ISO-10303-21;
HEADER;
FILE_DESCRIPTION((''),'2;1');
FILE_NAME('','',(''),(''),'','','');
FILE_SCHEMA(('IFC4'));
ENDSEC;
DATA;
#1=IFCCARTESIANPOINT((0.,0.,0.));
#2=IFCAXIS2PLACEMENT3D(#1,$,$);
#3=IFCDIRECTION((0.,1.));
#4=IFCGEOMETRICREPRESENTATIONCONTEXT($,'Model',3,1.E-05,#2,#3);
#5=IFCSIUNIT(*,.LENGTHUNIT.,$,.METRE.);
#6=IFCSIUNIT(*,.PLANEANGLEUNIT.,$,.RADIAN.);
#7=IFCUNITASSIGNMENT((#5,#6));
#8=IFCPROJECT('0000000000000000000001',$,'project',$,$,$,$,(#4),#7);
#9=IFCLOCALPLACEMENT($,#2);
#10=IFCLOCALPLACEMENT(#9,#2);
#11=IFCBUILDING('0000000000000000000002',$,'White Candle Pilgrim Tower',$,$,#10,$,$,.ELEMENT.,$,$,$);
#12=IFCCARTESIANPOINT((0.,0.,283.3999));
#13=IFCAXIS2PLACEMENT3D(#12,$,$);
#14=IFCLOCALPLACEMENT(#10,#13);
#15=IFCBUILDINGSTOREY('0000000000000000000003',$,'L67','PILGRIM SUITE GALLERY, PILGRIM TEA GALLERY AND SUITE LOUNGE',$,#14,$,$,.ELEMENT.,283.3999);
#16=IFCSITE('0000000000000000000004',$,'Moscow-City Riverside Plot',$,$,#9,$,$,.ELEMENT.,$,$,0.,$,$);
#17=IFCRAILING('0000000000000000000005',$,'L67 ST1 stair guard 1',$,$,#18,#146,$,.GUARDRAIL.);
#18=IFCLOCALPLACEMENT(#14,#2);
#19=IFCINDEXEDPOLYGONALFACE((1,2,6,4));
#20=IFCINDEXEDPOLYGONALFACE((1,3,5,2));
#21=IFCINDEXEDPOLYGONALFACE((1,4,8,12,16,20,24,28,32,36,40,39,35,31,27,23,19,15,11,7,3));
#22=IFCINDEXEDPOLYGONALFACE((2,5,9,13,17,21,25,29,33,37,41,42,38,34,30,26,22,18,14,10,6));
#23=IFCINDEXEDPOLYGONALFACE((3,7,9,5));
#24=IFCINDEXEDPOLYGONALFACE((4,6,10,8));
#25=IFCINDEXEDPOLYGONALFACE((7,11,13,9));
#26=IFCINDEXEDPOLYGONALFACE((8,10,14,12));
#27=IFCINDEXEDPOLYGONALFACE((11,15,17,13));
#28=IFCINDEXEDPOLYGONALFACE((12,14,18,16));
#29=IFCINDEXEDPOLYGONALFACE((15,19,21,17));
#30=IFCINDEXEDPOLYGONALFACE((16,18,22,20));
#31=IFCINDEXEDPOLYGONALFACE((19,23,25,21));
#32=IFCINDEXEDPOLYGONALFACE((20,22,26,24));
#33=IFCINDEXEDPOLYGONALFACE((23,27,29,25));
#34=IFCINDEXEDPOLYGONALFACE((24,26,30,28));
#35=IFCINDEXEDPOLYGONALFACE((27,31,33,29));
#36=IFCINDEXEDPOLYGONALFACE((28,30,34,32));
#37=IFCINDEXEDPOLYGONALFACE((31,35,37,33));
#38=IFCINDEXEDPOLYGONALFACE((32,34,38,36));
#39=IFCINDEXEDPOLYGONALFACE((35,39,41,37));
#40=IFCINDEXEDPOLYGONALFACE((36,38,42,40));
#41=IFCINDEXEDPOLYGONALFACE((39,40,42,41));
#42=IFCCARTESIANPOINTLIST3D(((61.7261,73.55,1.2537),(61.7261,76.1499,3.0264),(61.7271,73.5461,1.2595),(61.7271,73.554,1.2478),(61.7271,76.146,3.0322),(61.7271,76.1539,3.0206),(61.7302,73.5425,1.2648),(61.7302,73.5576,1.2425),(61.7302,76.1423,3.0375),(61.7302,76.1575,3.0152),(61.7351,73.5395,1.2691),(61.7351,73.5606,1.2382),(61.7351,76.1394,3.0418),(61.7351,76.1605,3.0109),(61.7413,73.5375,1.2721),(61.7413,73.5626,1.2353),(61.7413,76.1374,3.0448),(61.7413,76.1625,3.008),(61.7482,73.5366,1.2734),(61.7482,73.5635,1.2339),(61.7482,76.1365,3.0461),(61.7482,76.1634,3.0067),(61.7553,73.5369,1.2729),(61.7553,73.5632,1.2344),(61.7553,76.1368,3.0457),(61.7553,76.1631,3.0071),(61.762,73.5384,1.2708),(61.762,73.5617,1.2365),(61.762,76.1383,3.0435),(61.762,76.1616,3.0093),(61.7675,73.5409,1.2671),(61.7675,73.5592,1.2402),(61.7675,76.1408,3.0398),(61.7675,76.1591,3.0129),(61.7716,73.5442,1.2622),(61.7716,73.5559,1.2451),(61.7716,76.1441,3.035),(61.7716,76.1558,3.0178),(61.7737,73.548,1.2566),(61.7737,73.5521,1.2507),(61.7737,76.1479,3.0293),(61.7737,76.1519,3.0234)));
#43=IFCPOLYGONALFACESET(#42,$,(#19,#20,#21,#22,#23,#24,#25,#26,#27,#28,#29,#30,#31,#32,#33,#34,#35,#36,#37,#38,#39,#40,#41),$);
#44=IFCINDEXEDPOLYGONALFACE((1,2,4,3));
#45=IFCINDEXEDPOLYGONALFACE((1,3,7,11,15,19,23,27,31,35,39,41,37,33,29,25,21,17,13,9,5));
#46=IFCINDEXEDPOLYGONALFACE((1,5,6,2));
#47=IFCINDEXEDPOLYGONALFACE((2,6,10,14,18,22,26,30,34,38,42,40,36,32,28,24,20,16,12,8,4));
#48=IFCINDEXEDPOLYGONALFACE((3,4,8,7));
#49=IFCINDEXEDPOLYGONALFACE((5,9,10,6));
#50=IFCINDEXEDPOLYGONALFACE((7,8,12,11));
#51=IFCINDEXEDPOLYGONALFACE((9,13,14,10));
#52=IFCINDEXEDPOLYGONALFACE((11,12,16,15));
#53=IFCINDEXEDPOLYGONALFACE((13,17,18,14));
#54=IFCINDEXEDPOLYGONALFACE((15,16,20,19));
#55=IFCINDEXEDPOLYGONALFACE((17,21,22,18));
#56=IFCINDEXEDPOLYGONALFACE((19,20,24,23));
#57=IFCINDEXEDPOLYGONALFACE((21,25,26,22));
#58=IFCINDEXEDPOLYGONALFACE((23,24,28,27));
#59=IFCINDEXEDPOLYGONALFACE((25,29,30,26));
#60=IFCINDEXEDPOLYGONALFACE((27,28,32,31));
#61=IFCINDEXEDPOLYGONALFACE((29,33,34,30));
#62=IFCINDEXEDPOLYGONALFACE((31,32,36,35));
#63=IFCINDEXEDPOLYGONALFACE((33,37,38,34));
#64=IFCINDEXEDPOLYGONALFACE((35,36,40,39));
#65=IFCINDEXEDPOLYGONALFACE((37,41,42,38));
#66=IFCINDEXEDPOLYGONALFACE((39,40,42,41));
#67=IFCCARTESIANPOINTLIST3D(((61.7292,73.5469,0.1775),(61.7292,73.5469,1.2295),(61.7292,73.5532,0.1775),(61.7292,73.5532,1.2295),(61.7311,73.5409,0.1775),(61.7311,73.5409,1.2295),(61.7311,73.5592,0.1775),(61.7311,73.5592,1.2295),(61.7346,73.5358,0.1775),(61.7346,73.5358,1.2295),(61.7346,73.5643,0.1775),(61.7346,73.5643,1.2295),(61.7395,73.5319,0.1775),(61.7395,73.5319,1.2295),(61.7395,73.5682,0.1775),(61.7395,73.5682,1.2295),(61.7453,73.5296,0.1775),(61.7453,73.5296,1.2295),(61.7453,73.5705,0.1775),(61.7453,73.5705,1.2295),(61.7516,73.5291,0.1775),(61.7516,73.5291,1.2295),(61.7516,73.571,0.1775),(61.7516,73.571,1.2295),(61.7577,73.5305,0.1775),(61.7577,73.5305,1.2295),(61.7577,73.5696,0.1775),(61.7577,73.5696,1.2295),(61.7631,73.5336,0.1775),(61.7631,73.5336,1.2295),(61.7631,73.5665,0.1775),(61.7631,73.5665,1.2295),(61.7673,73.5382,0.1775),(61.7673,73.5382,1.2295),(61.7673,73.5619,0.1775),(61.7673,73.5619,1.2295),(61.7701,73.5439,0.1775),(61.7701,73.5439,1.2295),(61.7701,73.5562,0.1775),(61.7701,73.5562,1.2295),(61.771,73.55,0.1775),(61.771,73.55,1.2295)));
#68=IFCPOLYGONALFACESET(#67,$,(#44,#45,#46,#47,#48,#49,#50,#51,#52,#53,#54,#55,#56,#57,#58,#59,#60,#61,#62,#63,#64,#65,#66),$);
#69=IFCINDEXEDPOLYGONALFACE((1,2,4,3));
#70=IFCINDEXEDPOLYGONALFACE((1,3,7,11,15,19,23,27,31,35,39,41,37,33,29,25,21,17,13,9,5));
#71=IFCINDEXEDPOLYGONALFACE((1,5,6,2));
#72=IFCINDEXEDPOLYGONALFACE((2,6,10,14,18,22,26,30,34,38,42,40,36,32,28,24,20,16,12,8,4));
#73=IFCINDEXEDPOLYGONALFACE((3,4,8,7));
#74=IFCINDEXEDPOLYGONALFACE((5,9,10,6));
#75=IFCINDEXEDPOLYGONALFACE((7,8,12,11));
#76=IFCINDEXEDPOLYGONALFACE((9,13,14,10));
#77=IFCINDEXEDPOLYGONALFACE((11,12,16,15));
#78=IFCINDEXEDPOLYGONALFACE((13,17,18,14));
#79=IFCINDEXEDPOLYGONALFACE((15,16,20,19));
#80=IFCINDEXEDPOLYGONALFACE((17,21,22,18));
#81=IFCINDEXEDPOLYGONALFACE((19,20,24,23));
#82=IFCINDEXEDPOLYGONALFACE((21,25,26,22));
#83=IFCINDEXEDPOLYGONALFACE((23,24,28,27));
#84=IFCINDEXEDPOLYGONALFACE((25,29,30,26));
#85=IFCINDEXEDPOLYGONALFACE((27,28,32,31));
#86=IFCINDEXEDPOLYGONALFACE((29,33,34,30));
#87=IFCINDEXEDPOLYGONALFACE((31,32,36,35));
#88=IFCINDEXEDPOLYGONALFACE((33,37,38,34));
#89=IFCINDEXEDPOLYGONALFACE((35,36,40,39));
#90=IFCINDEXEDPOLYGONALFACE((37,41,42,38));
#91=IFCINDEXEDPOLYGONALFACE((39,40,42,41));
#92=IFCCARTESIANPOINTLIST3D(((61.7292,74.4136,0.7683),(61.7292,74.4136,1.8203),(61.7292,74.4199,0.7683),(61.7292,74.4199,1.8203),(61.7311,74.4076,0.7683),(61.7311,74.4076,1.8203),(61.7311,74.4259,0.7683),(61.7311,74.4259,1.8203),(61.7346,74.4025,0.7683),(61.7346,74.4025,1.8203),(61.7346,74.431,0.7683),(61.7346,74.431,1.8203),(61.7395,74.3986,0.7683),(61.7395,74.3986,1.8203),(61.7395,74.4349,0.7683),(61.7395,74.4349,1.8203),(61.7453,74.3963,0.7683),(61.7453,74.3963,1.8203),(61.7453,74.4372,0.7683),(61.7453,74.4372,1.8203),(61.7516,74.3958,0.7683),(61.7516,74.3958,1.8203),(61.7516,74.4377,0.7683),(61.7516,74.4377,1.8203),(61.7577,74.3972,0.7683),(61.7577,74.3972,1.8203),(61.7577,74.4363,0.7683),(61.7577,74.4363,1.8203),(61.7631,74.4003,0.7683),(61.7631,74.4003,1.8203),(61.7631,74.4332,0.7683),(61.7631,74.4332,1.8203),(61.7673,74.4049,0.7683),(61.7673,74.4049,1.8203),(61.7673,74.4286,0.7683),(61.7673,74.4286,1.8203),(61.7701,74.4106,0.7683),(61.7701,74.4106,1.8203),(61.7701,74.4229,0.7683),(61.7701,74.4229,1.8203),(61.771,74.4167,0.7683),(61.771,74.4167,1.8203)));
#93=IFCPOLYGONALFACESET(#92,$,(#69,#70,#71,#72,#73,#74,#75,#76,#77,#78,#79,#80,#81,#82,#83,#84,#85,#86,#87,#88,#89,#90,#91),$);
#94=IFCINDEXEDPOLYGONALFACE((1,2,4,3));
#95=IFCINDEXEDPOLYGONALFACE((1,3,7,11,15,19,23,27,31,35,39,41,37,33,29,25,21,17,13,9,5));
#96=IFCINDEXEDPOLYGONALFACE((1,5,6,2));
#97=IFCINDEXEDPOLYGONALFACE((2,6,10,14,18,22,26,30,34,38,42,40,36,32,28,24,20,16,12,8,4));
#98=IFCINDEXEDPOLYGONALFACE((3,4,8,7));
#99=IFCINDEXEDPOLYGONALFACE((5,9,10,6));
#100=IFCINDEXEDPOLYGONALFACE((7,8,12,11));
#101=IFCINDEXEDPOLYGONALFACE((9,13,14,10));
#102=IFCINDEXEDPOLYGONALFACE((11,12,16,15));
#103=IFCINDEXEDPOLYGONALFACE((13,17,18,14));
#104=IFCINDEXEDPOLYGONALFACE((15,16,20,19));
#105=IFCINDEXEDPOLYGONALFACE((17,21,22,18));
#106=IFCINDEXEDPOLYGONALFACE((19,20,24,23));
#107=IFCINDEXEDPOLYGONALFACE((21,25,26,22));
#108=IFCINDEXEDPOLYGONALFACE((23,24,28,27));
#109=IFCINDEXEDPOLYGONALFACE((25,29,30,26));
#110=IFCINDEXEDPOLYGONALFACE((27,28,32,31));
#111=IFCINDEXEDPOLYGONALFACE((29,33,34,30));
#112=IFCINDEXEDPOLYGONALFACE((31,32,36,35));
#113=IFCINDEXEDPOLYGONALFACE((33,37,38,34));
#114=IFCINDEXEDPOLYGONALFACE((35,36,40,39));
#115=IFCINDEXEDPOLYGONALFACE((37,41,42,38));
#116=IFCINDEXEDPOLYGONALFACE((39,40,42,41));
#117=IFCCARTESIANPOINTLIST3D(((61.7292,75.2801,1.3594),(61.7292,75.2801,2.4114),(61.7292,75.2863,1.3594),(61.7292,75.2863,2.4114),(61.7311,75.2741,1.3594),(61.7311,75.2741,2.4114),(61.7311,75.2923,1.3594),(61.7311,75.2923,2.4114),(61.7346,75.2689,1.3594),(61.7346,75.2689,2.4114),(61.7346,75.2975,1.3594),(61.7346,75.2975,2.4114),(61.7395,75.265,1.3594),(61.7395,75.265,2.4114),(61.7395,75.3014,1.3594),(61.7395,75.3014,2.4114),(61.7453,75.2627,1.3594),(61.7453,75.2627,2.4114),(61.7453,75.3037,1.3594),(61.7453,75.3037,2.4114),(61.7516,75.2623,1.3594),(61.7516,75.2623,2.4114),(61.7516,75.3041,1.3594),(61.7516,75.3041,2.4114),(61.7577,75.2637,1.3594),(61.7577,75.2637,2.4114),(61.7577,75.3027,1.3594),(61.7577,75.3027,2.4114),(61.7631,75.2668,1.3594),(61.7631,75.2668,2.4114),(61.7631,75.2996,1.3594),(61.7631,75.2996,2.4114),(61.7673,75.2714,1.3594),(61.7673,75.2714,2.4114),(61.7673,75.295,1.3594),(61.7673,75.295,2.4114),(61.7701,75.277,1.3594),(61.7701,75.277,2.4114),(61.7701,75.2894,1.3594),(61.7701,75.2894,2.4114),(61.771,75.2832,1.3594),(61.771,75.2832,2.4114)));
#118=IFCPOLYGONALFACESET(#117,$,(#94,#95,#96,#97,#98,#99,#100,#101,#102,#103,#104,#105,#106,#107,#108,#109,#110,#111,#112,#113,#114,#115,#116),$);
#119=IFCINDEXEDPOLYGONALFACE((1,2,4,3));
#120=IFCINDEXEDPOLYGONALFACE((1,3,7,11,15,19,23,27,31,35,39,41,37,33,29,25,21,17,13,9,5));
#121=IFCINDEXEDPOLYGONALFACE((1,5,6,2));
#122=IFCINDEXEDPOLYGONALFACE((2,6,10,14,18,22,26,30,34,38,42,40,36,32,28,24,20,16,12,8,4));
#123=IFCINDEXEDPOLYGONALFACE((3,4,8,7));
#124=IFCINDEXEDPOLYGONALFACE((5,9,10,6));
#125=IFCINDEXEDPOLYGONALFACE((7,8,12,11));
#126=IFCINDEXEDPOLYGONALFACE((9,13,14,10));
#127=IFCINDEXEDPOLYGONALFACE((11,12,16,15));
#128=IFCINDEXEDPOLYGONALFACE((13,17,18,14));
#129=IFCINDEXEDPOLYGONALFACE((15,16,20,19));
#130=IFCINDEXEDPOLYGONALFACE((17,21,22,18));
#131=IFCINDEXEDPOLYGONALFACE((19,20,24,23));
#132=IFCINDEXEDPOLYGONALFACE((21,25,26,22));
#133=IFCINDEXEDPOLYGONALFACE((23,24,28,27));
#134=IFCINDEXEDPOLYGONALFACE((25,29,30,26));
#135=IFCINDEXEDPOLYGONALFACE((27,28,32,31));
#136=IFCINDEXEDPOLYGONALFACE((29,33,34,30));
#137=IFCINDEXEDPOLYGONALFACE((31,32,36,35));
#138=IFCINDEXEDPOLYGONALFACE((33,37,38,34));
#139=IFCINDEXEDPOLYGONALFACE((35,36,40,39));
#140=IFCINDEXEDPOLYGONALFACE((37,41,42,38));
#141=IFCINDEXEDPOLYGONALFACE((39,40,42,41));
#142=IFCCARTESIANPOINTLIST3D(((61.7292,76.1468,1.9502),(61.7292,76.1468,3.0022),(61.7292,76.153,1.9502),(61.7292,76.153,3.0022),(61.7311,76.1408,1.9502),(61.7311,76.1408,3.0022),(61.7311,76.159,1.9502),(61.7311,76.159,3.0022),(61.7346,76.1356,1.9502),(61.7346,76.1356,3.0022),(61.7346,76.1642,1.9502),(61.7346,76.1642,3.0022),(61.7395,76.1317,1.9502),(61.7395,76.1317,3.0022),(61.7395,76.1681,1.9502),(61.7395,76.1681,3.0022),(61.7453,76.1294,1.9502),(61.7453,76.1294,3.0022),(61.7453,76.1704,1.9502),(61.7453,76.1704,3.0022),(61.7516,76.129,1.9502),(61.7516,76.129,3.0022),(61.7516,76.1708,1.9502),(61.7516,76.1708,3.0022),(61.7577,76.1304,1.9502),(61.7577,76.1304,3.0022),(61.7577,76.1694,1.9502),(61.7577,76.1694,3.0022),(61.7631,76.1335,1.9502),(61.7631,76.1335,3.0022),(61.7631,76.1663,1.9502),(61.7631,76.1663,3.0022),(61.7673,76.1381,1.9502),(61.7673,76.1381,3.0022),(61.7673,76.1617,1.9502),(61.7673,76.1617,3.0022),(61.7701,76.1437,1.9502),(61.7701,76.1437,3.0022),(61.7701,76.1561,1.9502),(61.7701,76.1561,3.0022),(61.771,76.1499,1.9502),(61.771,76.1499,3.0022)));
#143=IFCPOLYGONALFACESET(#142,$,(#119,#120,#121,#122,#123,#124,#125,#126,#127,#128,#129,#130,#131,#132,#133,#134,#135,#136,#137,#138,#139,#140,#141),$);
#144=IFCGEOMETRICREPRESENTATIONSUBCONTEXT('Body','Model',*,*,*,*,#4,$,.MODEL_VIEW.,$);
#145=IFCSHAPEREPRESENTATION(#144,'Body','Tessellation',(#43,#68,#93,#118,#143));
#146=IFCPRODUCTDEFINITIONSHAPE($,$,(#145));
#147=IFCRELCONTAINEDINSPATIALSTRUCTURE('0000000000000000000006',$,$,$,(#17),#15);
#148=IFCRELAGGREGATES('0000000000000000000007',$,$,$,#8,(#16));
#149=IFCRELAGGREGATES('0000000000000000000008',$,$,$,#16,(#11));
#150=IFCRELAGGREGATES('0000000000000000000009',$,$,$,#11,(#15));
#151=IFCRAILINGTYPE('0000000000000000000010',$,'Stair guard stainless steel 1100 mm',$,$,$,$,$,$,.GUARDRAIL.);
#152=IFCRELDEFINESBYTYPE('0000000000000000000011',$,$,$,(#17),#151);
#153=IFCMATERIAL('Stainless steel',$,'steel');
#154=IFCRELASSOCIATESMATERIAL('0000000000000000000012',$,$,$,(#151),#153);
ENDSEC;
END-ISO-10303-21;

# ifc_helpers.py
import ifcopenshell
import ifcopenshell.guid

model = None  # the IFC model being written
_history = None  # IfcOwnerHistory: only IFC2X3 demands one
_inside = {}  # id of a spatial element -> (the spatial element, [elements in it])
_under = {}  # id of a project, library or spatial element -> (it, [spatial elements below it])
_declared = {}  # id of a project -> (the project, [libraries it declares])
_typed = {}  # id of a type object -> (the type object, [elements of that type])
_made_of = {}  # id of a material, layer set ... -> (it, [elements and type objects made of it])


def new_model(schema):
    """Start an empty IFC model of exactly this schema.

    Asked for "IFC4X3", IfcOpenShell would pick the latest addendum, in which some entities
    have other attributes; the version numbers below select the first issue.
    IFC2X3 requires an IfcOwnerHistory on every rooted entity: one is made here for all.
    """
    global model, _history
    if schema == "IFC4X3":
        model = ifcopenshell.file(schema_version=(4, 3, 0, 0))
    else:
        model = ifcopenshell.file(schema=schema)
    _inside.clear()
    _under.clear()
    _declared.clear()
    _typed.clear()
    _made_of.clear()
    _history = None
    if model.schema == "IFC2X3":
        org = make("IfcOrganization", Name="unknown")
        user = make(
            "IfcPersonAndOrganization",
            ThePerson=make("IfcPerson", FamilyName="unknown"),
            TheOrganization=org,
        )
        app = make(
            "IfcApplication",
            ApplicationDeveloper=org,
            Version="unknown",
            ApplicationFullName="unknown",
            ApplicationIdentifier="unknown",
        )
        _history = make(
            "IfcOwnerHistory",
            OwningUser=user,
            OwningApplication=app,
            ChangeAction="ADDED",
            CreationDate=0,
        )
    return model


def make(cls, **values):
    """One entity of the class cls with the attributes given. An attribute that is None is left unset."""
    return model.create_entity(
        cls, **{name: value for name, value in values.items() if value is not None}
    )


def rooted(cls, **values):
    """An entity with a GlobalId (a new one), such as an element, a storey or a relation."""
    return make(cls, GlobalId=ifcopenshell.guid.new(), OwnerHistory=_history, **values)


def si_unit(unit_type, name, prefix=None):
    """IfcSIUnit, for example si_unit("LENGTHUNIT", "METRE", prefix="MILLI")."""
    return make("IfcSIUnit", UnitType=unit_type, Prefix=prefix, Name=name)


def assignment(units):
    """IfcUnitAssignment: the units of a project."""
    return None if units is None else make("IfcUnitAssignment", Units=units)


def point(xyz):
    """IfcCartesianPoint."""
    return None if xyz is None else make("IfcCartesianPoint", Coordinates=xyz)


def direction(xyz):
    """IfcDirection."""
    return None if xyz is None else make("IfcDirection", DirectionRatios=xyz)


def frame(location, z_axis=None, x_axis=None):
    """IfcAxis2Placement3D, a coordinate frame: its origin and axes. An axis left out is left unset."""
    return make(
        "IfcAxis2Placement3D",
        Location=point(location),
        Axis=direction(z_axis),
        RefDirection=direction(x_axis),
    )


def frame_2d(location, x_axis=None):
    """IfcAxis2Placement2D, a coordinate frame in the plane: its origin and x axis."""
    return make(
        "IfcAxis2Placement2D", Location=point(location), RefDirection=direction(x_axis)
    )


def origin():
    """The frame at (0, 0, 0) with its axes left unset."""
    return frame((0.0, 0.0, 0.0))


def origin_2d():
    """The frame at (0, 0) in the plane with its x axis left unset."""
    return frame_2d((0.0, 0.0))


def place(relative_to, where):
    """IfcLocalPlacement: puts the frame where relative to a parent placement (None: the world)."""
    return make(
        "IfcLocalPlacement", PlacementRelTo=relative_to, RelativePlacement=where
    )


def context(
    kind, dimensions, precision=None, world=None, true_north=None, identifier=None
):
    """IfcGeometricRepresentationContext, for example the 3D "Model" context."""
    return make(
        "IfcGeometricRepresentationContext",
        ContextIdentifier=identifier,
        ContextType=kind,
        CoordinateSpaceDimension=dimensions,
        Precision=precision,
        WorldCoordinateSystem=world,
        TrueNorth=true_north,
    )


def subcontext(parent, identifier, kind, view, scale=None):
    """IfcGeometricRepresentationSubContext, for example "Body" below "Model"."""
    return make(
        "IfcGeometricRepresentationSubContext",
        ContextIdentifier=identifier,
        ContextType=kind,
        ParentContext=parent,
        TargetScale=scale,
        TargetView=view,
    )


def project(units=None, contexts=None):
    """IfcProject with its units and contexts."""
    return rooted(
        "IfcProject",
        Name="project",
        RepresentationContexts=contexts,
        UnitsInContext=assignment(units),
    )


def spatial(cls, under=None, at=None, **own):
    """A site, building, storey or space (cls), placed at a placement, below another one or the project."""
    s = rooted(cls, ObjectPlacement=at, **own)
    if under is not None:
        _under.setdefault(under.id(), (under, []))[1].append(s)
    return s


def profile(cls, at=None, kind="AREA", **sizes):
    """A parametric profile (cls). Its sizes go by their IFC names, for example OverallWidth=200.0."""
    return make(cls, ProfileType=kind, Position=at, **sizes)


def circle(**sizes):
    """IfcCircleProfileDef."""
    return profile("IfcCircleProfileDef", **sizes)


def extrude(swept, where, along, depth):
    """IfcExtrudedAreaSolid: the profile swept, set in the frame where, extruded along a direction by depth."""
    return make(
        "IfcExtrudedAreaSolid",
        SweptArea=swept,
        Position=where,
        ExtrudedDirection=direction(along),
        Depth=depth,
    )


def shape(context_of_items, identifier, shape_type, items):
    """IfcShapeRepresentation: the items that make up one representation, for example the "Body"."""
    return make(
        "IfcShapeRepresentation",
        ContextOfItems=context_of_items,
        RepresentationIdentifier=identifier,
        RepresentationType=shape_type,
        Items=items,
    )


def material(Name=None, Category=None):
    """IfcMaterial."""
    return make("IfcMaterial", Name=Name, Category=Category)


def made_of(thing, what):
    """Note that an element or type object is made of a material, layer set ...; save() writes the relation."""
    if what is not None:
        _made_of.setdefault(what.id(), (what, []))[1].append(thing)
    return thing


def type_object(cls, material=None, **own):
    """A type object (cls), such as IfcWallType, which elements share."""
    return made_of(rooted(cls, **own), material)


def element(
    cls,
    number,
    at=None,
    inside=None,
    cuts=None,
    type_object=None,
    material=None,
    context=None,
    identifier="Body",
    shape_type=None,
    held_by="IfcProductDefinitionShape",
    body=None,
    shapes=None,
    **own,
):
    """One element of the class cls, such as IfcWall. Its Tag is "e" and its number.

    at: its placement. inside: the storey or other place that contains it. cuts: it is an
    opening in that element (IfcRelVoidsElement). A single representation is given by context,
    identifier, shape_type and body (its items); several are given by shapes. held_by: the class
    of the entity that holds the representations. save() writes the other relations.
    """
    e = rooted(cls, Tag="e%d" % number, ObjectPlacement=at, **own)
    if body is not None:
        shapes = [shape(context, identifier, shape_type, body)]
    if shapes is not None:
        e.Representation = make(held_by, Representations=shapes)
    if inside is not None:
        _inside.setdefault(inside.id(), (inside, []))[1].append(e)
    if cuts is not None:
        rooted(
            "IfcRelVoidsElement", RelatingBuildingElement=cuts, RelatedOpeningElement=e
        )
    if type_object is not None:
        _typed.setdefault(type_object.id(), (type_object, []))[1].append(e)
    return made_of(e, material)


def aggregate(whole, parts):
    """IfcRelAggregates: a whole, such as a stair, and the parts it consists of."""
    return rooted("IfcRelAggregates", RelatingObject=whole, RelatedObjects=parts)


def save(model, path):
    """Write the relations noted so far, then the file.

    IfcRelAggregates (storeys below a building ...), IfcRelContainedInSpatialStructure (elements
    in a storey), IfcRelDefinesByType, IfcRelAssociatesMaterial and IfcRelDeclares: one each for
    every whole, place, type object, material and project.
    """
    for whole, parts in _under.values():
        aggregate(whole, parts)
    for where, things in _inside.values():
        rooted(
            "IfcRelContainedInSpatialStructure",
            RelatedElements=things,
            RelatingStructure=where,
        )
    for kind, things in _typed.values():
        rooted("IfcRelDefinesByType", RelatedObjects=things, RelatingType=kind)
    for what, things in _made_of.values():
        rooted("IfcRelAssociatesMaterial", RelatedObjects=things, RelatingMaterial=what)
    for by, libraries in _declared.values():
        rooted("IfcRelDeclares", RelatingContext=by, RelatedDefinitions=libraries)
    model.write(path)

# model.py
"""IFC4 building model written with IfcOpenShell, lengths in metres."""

from ifc_helpers import new_model, si_unit, direction, frame, origin, origin_2d, place, context, subcontext, project, spatial, circle, extrude, material, type_object, element, save


model = new_model("IFC4")

# Units and contexts
model_context = context("Model", 3, precision=1e-05, world=origin(), true_north=direction((0.0, 1.0)))
body_context = subcontext(model_context, "Body", "Model", "MODEL_VIEW")
ifc_project = project(units=[si_unit("LENGTHUNIT", "METRE"), si_unit("PLANEANGLEUNIT", "RADIAN")], contexts=[model_context])

# Site, building, storey
site_placement = place(None, origin())
site = spatial("IfcSite", under=ifc_project, at=site_placement, Name="Moscow-City Riverside Plot", CompositionType="ELEMENT", RefElevation=0.0)
building_placement = place(site_placement, origin())
building = spatial("IfcBuilding", under=site, at=building_placement, Name="White Candle Pilgrim Tower", CompositionType="ELEMENT")
storey_placement = place(building_placement, frame((0.0, 0.0, 283.3999)))
storey = spatial("IfcBuildingStorey", under=building, at=storey_placement, Name="L67", Description="PILGRIM SUITE GALLERY, PILGRIM TEA GALLERY AND SUITE LOUNGE", CompositionType="ELEMENT", Elevation=283.3999)

# Railing
ifc_material_1 = material(Name="Stainless steel", Category="steel")
railing_type_1 = type_object("IfcRailingType", Name="Stair guard stainless steel 1100 mm", PredefinedType="GUARDRAIL", material=ifc_material_1)
railing_1_placement = place(storey_placement, frame((61.75, 73.55, 0.1775)))
element("IfcRailing", 1, at=railing_1_placement, inside=storey, type_object=railing_type_1, Name="L67 ST1 stair guard 1", PredefinedType="GUARDRAIL", context=body_context, shape_type="SweptSolid", body=[
    extrude(circle(Radius=0.0239, at=origin_2d()), frame((0.0, 0.0, 1.0762), z_axis=(0.0, 0.826216, 0.563354), x_axis=(-1.0, 0.0, 0.0)), (0.0, 0.0, 1.0), 3.1467),
    extrude(circle(Radius=0.021, at=origin_2d()), origin(), (0.0, 0.0, 1.0), 1.052),
    extrude(circle(Radius=0.021, at=origin_2d()), frame((0.0, 0.8667, 0.5908)), (0.0, 0.0, 1.0), 1.052),
    extrude(circle(Radius=0.021, at=origin_2d()), frame((0.0, 1.7332, 1.1819)), (0.0, 0.0, 1.0), 1.052),
    extrude(circle(Radius=0.021, at=origin_2d()), frame((0.0, 2.5999, 1.7727)), (0.0, 0.0, 1.0), 1.052),
])

save(model, "model.ifc")
